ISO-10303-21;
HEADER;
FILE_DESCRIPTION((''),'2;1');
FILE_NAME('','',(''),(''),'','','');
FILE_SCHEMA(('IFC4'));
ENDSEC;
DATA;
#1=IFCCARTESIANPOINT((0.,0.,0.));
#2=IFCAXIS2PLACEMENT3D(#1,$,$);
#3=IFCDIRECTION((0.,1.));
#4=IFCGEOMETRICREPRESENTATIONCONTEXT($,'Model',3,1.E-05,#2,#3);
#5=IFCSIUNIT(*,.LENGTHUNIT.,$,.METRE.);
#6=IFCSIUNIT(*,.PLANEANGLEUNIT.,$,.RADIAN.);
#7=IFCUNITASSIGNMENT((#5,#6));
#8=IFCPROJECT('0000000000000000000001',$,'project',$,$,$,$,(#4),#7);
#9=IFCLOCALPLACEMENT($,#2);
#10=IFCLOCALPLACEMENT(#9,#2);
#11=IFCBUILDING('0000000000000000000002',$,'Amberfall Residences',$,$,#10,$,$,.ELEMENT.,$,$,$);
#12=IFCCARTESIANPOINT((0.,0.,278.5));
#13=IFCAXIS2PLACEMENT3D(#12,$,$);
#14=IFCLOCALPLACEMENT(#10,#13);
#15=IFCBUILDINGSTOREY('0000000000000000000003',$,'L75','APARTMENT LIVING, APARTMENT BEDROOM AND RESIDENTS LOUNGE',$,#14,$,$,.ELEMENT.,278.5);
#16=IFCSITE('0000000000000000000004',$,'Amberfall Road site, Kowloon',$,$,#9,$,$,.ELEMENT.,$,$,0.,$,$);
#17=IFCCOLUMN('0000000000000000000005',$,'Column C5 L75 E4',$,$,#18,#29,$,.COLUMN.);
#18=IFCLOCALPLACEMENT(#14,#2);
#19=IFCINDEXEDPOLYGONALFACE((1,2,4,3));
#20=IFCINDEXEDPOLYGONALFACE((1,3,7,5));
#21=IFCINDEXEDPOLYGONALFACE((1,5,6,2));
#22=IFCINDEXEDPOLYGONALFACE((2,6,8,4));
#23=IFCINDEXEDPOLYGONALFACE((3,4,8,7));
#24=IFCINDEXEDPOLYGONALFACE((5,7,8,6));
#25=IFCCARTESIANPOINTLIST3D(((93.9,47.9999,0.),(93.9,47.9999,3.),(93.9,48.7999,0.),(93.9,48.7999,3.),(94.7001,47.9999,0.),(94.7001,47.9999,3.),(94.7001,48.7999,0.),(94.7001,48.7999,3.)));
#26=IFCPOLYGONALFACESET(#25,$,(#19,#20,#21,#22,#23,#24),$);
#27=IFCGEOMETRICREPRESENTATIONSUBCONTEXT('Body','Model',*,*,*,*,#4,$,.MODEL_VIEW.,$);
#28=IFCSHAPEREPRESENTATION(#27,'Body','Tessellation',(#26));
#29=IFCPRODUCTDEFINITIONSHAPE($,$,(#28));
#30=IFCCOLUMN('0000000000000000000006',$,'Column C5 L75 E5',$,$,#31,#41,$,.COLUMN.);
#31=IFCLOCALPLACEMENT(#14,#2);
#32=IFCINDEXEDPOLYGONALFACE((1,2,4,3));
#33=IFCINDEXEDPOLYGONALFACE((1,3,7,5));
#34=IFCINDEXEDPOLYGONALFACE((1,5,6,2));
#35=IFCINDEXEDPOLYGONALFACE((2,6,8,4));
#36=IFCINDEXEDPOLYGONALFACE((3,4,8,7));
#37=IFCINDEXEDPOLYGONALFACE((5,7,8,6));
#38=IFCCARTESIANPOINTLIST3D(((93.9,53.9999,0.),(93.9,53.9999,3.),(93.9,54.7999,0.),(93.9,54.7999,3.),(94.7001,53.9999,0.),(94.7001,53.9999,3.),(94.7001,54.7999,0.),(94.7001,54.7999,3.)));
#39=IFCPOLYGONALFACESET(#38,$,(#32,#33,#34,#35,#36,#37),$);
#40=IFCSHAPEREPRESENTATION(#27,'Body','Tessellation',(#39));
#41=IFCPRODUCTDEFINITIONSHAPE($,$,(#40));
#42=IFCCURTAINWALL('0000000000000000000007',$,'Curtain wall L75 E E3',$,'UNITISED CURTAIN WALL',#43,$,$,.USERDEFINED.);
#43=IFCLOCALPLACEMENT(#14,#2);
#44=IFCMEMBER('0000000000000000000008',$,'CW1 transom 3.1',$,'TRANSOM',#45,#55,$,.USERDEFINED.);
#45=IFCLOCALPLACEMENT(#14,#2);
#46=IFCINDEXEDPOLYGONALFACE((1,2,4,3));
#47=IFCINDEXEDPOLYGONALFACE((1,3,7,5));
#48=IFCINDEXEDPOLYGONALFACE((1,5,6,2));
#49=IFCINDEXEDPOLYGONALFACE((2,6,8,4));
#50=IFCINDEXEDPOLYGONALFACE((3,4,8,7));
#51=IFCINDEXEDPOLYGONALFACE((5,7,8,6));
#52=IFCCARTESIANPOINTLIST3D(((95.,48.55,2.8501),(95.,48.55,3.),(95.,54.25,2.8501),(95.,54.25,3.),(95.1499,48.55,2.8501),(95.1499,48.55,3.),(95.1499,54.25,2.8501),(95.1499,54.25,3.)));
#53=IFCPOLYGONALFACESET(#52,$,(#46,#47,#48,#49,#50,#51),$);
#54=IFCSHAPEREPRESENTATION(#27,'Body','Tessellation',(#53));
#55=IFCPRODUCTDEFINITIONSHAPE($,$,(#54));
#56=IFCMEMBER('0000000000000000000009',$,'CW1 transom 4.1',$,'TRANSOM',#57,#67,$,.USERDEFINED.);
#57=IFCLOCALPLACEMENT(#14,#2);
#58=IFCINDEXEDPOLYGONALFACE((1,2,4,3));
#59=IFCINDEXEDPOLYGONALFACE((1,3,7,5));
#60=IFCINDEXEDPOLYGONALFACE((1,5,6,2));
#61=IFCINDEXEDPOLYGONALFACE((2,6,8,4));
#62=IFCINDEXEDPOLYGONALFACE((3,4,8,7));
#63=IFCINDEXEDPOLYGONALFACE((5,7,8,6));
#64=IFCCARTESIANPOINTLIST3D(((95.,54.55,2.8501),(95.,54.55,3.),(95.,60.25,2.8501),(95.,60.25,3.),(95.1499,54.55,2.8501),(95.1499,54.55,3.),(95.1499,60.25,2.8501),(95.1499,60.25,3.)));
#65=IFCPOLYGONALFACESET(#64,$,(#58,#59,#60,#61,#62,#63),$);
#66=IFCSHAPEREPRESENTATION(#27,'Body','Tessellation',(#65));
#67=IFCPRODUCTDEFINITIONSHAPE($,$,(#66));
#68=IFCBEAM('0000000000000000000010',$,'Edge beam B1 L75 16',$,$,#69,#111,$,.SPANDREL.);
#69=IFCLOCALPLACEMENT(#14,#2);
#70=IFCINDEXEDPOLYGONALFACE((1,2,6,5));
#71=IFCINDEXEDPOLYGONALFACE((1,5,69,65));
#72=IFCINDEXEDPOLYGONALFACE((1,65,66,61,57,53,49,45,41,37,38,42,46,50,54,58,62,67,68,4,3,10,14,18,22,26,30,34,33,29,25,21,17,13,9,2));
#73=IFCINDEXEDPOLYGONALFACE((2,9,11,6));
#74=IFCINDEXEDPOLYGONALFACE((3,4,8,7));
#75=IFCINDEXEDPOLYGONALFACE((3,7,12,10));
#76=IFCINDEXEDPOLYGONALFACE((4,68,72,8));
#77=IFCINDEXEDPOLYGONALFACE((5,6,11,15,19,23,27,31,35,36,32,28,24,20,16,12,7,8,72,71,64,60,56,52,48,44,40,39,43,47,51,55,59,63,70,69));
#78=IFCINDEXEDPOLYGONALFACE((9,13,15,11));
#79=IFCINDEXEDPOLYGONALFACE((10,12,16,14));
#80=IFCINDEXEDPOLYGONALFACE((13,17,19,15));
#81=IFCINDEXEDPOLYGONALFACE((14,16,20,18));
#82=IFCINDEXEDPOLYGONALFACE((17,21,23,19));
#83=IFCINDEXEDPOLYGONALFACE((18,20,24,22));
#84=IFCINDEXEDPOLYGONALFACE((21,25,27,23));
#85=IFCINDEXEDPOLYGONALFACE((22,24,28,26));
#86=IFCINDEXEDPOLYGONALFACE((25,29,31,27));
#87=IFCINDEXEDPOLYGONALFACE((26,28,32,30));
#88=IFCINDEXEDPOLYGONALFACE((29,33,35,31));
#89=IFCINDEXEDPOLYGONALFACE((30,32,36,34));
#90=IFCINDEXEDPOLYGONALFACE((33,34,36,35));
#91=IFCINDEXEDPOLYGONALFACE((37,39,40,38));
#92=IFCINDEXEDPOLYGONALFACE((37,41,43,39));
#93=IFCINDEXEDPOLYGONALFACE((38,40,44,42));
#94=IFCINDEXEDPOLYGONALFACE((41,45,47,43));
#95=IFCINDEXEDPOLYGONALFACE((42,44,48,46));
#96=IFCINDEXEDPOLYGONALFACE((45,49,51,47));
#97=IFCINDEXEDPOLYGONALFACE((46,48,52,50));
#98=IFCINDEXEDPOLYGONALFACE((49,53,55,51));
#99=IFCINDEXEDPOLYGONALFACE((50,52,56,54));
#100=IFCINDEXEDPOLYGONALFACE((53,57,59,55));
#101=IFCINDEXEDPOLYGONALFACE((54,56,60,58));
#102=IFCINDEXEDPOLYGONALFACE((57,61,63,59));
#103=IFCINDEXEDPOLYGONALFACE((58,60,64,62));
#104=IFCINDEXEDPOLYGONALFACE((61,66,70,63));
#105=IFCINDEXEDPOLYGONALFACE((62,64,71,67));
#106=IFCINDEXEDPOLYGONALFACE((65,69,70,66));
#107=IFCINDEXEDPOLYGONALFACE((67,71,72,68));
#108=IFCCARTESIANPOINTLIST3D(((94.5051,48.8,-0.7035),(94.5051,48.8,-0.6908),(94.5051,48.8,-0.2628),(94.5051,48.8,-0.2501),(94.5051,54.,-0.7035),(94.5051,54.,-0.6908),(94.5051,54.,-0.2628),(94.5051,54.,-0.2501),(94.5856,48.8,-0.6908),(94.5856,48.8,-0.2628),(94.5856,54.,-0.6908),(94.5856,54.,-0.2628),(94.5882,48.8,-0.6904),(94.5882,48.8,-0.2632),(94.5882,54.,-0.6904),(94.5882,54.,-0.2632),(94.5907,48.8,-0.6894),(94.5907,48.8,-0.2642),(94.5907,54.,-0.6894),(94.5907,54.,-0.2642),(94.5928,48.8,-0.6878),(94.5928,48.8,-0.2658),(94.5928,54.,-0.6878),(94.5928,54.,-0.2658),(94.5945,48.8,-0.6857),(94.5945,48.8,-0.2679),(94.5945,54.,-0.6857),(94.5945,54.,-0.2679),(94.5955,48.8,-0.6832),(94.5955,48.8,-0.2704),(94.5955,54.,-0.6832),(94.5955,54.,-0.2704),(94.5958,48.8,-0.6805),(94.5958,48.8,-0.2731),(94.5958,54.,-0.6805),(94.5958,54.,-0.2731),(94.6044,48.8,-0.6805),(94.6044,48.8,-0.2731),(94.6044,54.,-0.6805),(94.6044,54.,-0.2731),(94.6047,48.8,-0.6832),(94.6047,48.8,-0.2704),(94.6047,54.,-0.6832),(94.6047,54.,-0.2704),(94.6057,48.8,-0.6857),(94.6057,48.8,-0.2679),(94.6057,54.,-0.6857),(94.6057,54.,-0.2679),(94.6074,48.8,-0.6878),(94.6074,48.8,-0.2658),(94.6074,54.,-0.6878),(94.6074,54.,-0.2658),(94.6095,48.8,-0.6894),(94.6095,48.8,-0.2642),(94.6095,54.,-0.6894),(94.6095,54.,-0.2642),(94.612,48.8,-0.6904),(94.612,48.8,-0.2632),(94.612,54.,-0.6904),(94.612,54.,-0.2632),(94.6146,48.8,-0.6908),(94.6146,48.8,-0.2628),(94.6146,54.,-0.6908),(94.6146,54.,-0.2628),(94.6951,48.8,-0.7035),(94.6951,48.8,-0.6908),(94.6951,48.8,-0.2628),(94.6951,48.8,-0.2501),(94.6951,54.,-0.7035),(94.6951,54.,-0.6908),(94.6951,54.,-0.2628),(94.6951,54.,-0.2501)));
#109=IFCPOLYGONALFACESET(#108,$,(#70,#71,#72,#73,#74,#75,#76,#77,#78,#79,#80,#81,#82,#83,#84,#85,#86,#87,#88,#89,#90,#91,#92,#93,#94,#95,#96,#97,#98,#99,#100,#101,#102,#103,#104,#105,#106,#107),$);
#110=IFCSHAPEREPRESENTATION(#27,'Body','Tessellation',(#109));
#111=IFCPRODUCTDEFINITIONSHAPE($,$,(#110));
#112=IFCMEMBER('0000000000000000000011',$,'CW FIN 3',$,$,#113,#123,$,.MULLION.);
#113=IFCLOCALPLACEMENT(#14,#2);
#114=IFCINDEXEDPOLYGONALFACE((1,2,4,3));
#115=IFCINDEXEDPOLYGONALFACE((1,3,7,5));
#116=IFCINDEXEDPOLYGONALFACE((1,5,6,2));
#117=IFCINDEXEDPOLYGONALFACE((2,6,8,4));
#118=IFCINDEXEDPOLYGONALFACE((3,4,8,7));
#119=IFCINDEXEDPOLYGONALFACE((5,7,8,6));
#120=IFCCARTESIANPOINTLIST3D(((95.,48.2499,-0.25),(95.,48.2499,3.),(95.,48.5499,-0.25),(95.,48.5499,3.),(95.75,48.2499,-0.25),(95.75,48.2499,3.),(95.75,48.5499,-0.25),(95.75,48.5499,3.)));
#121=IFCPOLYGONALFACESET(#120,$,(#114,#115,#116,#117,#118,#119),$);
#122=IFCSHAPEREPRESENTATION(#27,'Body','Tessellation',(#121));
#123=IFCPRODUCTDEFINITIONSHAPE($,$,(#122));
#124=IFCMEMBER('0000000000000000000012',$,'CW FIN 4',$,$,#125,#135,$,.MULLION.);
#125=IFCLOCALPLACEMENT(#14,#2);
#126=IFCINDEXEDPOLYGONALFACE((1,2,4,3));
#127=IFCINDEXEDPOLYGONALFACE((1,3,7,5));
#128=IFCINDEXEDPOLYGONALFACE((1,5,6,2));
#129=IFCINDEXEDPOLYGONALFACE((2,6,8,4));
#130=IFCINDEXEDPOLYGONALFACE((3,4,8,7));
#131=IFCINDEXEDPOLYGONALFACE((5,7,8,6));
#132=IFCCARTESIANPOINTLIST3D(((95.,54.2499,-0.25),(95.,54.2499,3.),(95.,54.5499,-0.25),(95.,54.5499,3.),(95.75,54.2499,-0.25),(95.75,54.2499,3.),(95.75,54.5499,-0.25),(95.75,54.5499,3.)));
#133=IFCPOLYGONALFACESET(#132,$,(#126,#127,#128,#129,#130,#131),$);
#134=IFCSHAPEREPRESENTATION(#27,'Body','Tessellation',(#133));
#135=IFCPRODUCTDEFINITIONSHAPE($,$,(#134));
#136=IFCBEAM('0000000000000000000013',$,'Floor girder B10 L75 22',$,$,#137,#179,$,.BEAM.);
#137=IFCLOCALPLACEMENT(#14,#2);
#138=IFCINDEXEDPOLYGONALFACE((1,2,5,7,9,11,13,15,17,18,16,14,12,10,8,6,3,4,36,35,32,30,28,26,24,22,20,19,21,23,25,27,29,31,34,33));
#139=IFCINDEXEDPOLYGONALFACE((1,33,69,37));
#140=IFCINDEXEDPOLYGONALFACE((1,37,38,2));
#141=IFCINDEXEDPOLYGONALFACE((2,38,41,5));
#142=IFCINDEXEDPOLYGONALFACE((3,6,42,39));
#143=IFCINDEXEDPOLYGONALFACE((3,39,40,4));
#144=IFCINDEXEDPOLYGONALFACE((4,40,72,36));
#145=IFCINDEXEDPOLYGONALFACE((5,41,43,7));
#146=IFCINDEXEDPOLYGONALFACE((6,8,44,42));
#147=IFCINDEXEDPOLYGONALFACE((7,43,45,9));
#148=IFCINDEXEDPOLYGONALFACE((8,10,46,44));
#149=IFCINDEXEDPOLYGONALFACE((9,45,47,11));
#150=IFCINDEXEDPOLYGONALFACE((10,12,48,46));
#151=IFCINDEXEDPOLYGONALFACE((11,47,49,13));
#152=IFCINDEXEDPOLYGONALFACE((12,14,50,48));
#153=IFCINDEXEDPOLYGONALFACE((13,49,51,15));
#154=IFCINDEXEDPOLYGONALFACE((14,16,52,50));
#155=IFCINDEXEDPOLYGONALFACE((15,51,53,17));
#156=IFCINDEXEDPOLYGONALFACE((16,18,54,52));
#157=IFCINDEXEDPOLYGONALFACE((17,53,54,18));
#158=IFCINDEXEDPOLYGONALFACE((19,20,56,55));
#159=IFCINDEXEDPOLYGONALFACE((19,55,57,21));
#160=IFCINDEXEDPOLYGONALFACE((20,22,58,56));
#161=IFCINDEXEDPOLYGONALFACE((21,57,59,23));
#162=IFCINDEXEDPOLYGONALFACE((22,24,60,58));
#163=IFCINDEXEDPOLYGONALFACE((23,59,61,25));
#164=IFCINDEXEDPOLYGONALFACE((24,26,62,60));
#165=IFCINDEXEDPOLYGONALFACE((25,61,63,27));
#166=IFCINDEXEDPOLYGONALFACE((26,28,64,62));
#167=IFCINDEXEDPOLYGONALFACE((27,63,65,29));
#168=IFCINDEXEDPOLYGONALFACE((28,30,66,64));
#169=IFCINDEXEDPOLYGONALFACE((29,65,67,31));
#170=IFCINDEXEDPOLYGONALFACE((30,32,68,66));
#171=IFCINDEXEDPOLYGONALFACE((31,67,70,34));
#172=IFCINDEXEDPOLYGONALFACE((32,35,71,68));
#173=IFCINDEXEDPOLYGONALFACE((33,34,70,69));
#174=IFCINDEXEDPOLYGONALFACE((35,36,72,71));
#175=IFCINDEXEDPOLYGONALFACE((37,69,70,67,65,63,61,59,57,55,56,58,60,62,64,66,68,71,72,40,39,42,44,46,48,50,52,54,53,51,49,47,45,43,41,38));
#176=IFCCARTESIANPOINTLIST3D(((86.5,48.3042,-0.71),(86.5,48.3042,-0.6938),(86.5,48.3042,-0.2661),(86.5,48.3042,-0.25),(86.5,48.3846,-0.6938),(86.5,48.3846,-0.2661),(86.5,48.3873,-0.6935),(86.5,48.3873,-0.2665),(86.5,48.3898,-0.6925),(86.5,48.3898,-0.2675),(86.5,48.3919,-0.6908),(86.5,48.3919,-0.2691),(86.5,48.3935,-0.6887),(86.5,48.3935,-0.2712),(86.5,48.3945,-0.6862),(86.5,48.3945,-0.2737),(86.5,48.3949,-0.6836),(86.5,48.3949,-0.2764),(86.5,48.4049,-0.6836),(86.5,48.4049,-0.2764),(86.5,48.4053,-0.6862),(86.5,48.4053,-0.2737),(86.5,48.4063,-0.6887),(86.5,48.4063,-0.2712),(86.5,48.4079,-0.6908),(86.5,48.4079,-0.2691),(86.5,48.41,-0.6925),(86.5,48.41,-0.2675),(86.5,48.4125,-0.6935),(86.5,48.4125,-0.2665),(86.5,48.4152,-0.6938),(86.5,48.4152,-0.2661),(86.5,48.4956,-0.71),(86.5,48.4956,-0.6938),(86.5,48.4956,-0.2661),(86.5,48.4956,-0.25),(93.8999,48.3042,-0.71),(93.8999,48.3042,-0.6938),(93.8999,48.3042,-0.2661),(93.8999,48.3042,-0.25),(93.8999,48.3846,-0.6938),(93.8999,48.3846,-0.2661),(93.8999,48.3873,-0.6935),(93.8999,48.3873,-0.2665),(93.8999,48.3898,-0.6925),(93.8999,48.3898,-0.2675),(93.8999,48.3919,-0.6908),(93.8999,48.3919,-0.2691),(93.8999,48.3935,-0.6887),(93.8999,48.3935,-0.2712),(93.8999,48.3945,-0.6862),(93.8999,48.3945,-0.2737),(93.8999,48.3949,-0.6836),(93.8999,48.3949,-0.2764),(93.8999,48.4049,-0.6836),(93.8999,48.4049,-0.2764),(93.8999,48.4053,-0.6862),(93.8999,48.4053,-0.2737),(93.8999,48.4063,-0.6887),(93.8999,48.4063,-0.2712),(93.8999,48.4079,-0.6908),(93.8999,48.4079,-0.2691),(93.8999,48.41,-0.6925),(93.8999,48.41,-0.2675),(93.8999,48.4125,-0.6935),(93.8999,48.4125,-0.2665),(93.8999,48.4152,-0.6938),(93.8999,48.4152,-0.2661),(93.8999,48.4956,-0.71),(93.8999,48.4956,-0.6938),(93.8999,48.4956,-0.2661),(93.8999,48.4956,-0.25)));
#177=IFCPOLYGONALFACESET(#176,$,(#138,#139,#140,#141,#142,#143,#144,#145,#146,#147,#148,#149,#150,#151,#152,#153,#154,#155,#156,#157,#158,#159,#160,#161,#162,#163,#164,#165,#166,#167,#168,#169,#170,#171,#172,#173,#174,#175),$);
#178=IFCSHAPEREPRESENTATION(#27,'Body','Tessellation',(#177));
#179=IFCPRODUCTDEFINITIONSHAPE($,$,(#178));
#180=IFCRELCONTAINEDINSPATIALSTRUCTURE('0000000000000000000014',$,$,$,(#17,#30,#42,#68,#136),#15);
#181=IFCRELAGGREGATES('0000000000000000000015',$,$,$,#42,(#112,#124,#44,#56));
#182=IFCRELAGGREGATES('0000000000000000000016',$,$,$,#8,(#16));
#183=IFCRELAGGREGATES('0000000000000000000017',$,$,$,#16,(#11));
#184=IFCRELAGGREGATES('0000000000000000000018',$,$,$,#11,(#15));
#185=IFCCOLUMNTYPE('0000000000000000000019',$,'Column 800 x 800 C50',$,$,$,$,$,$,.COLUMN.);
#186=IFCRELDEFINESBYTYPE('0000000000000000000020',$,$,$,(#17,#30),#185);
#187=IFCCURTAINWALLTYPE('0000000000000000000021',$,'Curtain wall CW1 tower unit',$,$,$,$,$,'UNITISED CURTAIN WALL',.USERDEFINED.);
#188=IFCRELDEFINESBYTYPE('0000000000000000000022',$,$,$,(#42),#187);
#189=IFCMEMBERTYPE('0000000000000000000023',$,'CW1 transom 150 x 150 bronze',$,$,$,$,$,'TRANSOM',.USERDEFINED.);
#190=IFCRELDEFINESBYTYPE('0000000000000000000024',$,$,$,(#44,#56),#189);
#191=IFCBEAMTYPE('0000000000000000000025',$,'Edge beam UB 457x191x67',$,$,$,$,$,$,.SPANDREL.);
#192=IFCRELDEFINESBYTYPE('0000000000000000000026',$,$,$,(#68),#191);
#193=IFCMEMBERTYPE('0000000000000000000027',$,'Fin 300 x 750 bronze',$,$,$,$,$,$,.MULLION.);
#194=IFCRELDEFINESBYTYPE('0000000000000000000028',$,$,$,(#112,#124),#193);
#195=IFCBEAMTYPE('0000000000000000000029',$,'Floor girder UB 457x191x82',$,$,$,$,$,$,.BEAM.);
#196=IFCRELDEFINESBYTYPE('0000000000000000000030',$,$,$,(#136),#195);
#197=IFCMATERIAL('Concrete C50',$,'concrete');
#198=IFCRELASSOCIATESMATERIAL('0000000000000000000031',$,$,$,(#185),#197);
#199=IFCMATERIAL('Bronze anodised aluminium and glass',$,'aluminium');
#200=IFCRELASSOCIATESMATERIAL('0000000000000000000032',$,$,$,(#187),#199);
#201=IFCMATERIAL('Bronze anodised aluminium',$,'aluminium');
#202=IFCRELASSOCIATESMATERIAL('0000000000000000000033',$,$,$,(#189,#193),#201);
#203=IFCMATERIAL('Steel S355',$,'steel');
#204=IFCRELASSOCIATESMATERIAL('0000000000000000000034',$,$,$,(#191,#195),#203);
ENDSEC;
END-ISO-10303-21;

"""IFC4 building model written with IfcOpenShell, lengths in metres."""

from ifc_helpers import new_model, si_unit, direction, frame, origin, origin_2d, place, context, subcontext, project, spatial, rectangle, i_section, extrude, material, material_profile, profile_set, type_object, element, aggregate, save


model = new_model("IFC4")

# Units and contexts
model_context = context("Model", 3, precision=1e-05, world=origin(), true_north=direction((0.0, 1.0)))
body_context = subcontext(model_context, "Body", "Model", "MODEL_VIEW")
ifc_project = project(units=[si_unit("LENGTHUNIT", "METRE"), si_unit("PLANEANGLEUNIT", "RADIAN")], contexts=[model_context])

# Site, building, storey
site_placement = place(None, origin())
site = spatial("IfcSite", under=ifc_project, at=site_placement, Name="Amberfall Road site, Kowloon", CompositionType="ELEMENT", RefElevation=0.0)
building_placement = place(site_placement, origin())
building = spatial("IfcBuilding", under=site, at=building_placement, Name="Amberfall Residences", CompositionType="ELEMENT")
storey_placement = place(building_placement, frame((0.0, 0.0, 278.5)))
storey = spatial("IfcBuildingStorey", under=building, at=storey_placement, Name="L75", Description="APARTMENT LIVING, APARTMENT BEDROOM AND RESIDENTS LOUNGE", CompositionType="ELEMENT", Elevation=278.5)

# Columns
ifc_material_1 = material(Name="Concrete C50", Category="concrete")
ifc_material_profile_1 = material_profile(ifc_material_1, rectangle(XDim=0.8, YDim=0.8, at=origin_2d()), Name="Column 800 x 800 C50")
ifc_profile_set_1 = profile_set([ifc_material_profile_1], Name="Concrete C50")
column_type = type_object("IfcColumnType", Name="Column 800 x 800 C50", PredefinedType="COLUMN", material=ifc_profile_set_1)
for number, where, z_axis, x_axis, name in (
    (1, (94.3, 48.3999, 0.0), (0.0, 0.0, 1.0), (1.0, 0.0, 0.0), "Column C5 L75 E4"),
    (2, (94.3, 54.3999, 0.0), (0.0, 0.0, 1.0), (1.0, 0.0, 0.0), "Column C5 L75 E5"),
):
    element("IfcColumn", number, at=place(storey_placement, frame(where, z_axis=z_axis, x_axis=x_axis)), inside=storey, type_object=column_type, Name=name, PredefinedType="COLUMN", context=body_context, shape_type="SweptSolid", body=[
        extrude(rectangle(XDim=0.8, YDim=0.8, at=origin_2d()), origin(), (0.0, 0.0, 1.0), 3.0),
    ])

# Curtain wall, members
ifc_material_2 = material(Name="Bronze anodised aluminium and glass", Category="aluminium")
curtain_wall_type = type_object("IfcCurtainWallType", Name="Curtain wall CW1 tower unit", ElementType="UNITISED CURTAIN WALL", PredefinedType="USERDEFINED", material=ifc_material_2)
curtain_wall_placement = place(storey_placement, origin())
curtain_wall = element("IfcCurtainWall", 3, at=curtain_wall_placement, inside=storey, type_object=curtain_wall_type, Name="Curtain wall L75 E E3", ObjectType="UNITISED CURTAIN WALL", PredefinedType="USERDEFINED")
ifc_material_3 = material(Name="Bronze anodised aluminium", Category="aluminium")
ifc_material_profile_2 = material_profile(ifc_material_3, rectangle(XDim=0.1499, YDim=0.1499, at=origin_2d()), Name="CW1 transom 150 x 150 bronze")
ifc_profile_set_2 = profile_set([ifc_material_profile_2], Name="Bronze anodised aluminium")
member_type_1 = type_object("IfcMemberType", Name="CW1 transom 150 x 150 bronze", ElementType="TRANSOM", PredefinedType="USERDEFINED", material=ifc_profile_set_2)
member_1_placement = place(storey_placement, frame((95.075, 48.55, 2.925), z_axis=(0.0, 1.0, 0.0), x_axis=(-1.0, 0.0, 0.0)))
member_1 = element("IfcMember", 4, at=member_1_placement, type_object=member_type_1, Name="CW1 transom 3.1", ObjectType="TRANSOM", PredefinedType="USERDEFINED", context=body_context, shape_type="SweptSolid", body=[
    extrude(rectangle(XDim=0.1499, YDim=0.1499, at=origin_2d()), origin(), (0.0, 0.0, 1.0), 5.7),
])
member_2_placement = place(storey_placement, frame((95.075, 54.55, 2.925), z_axis=(0.0, 1.0, 0.0), x_axis=(-1.0, 0.0, 0.0)))
member_2 = element("IfcMember", 5, at=member_2_placement, type_object=member_type_1, Name="CW1 transom 4.1", ObjectType="TRANSOM", PredefinedType="USERDEFINED", context=body_context, shape_type="SweptSolid", body=[
    extrude(rectangle(XDim=0.1499, YDim=0.1499, at=origin_2d()), origin(), (0.0, 0.0, 1.0), 5.7),
])

# Beam
ifc_material_4 = material(Name="Steel S355", Category="steel")
ifc_material_profile_3 = material_profile(ifc_material_4, i_section(OverallWidth=0.1899, OverallDepth=0.4534, WebThickness=0.0085, FlangeThickness=0.0127, FilletRadius=0.0103, at=origin_2d()), Name="UB 457x191x67")
ifc_profile_set_3 = profile_set([ifc_material_profile_3], Name="Steel S355")
beam_type_1 = type_object("IfcBeamType", Name="Edge beam UB 457x191x67", PredefinedType="SPANDREL", material=ifc_profile_set_3)
beam_placement = place(storey_placement, frame((94.6001, 48.8, -0.4768), z_axis=(0.0, 1.0, 0.0), x_axis=(-1.0, 0.0, 0.0)))
element("IfcBeam", 6, at=beam_placement, inside=storey, type_object=beam_type_1, Name="Edge beam B1 L75 16", PredefinedType="SPANDREL", context=body_context, shape_type="SweptSolid", body=[
    extrude(i_section(OverallWidth=0.1899, OverallDepth=0.4534, WebThickness=0.0085, FlangeThickness=0.0127, FilletRadius=0.0103, at=origin_2d()), origin(), (0.0, 0.0, 1.0), 5.2),
])

# Members
ifc_material_profile_4 = material_profile(ifc_material_3, rectangle(XDim=0.75, YDim=0.3, at=origin_2d()), Name="Fin 300 x 750 bronze")
ifc_profile_set_4 = profile_set([ifc_material_profile_4], Name="Bronze anodised aluminium")
member_type_2 = type_object("IfcMemberType", Name="Fin 300 x 750 bronze", PredefinedType="MULLION", material=ifc_profile_set_4)
member_3_placement = place(storey_placement, frame((95.375, 48.3999, -0.25), z_axis=(0.0, 0.0, 1.0), x_axis=(-1.0, 0.0, 0.0)))
member_3 = element("IfcMember", 7, at=member_3_placement, type_object=member_type_2, Name="CW FIN 3", PredefinedType="MULLION", context=body_context, shape_type="SweptSolid", body=[
    extrude(rectangle(XDim=0.75, YDim=0.3, at=origin_2d()), origin(), (0.0, 0.0, 1.0), 3.25),
])
member_4_placement = place(storey_placement, frame((95.375, 54.3999, -0.25), z_axis=(0.0, 0.0, 1.0), x_axis=(-1.0, 0.0, 0.0)))
member_4 = element("IfcMember", 8, at=member_4_placement, type_object=member_type_2, Name="CW FIN 4", PredefinedType="MULLION", context=body_context, shape_type="SweptSolid", body=[
    extrude(rectangle(XDim=0.75, YDim=0.3, at=origin_2d()), origin(), (0.0, 0.0, 1.0), 3.25),
])

# Beam
ifc_material_profile_5 = material_profile(ifc_material_4, i_section(OverallWidth=0.1914, OverallDepth=0.46, WebThickness=0.01, FlangeThickness=0.0161, FilletRadius=0.0103, at=origin_2d()), Name="UB 457x191x82")
ifc_profile_set_5 = profile_set([ifc_material_profile_5], Name="Steel S355")
beam_type_2 = type_object("IfcBeamType", Name="Floor girder UB 457x191x82", PredefinedType="BEAM", material=ifc_profile_set_5)
for number, where, z_axis, x_axis, name in (
    (9, (93.8999, 48.3999, -0.48), (-1.0, 0.0, 0.0), (0.0, -1.0, 0.0), "Floor girder B10 L75 22"),
):
    element("IfcBeam", number, at=place(storey_placement, frame(where, z_axis=z_axis, x_axis=x_axis)), inside=storey, type_object=beam_type_2, Name=name, PredefinedType="BEAM", context=body_context, shape_type="SweptSolid", body=[
        extrude(i_section(OverallWidth=0.1914, OverallDepth=0.46, WebThickness=0.01, FlangeThickness=0.0161, FilletRadius=0.0103, at=origin_2d()), origin(), (0.0, 0.0, 1.0), 7.3999),
    ])

aggregate(curtain_wall, [member_3, member_4, member_1, member_2])

save(model, "model.ifc")
